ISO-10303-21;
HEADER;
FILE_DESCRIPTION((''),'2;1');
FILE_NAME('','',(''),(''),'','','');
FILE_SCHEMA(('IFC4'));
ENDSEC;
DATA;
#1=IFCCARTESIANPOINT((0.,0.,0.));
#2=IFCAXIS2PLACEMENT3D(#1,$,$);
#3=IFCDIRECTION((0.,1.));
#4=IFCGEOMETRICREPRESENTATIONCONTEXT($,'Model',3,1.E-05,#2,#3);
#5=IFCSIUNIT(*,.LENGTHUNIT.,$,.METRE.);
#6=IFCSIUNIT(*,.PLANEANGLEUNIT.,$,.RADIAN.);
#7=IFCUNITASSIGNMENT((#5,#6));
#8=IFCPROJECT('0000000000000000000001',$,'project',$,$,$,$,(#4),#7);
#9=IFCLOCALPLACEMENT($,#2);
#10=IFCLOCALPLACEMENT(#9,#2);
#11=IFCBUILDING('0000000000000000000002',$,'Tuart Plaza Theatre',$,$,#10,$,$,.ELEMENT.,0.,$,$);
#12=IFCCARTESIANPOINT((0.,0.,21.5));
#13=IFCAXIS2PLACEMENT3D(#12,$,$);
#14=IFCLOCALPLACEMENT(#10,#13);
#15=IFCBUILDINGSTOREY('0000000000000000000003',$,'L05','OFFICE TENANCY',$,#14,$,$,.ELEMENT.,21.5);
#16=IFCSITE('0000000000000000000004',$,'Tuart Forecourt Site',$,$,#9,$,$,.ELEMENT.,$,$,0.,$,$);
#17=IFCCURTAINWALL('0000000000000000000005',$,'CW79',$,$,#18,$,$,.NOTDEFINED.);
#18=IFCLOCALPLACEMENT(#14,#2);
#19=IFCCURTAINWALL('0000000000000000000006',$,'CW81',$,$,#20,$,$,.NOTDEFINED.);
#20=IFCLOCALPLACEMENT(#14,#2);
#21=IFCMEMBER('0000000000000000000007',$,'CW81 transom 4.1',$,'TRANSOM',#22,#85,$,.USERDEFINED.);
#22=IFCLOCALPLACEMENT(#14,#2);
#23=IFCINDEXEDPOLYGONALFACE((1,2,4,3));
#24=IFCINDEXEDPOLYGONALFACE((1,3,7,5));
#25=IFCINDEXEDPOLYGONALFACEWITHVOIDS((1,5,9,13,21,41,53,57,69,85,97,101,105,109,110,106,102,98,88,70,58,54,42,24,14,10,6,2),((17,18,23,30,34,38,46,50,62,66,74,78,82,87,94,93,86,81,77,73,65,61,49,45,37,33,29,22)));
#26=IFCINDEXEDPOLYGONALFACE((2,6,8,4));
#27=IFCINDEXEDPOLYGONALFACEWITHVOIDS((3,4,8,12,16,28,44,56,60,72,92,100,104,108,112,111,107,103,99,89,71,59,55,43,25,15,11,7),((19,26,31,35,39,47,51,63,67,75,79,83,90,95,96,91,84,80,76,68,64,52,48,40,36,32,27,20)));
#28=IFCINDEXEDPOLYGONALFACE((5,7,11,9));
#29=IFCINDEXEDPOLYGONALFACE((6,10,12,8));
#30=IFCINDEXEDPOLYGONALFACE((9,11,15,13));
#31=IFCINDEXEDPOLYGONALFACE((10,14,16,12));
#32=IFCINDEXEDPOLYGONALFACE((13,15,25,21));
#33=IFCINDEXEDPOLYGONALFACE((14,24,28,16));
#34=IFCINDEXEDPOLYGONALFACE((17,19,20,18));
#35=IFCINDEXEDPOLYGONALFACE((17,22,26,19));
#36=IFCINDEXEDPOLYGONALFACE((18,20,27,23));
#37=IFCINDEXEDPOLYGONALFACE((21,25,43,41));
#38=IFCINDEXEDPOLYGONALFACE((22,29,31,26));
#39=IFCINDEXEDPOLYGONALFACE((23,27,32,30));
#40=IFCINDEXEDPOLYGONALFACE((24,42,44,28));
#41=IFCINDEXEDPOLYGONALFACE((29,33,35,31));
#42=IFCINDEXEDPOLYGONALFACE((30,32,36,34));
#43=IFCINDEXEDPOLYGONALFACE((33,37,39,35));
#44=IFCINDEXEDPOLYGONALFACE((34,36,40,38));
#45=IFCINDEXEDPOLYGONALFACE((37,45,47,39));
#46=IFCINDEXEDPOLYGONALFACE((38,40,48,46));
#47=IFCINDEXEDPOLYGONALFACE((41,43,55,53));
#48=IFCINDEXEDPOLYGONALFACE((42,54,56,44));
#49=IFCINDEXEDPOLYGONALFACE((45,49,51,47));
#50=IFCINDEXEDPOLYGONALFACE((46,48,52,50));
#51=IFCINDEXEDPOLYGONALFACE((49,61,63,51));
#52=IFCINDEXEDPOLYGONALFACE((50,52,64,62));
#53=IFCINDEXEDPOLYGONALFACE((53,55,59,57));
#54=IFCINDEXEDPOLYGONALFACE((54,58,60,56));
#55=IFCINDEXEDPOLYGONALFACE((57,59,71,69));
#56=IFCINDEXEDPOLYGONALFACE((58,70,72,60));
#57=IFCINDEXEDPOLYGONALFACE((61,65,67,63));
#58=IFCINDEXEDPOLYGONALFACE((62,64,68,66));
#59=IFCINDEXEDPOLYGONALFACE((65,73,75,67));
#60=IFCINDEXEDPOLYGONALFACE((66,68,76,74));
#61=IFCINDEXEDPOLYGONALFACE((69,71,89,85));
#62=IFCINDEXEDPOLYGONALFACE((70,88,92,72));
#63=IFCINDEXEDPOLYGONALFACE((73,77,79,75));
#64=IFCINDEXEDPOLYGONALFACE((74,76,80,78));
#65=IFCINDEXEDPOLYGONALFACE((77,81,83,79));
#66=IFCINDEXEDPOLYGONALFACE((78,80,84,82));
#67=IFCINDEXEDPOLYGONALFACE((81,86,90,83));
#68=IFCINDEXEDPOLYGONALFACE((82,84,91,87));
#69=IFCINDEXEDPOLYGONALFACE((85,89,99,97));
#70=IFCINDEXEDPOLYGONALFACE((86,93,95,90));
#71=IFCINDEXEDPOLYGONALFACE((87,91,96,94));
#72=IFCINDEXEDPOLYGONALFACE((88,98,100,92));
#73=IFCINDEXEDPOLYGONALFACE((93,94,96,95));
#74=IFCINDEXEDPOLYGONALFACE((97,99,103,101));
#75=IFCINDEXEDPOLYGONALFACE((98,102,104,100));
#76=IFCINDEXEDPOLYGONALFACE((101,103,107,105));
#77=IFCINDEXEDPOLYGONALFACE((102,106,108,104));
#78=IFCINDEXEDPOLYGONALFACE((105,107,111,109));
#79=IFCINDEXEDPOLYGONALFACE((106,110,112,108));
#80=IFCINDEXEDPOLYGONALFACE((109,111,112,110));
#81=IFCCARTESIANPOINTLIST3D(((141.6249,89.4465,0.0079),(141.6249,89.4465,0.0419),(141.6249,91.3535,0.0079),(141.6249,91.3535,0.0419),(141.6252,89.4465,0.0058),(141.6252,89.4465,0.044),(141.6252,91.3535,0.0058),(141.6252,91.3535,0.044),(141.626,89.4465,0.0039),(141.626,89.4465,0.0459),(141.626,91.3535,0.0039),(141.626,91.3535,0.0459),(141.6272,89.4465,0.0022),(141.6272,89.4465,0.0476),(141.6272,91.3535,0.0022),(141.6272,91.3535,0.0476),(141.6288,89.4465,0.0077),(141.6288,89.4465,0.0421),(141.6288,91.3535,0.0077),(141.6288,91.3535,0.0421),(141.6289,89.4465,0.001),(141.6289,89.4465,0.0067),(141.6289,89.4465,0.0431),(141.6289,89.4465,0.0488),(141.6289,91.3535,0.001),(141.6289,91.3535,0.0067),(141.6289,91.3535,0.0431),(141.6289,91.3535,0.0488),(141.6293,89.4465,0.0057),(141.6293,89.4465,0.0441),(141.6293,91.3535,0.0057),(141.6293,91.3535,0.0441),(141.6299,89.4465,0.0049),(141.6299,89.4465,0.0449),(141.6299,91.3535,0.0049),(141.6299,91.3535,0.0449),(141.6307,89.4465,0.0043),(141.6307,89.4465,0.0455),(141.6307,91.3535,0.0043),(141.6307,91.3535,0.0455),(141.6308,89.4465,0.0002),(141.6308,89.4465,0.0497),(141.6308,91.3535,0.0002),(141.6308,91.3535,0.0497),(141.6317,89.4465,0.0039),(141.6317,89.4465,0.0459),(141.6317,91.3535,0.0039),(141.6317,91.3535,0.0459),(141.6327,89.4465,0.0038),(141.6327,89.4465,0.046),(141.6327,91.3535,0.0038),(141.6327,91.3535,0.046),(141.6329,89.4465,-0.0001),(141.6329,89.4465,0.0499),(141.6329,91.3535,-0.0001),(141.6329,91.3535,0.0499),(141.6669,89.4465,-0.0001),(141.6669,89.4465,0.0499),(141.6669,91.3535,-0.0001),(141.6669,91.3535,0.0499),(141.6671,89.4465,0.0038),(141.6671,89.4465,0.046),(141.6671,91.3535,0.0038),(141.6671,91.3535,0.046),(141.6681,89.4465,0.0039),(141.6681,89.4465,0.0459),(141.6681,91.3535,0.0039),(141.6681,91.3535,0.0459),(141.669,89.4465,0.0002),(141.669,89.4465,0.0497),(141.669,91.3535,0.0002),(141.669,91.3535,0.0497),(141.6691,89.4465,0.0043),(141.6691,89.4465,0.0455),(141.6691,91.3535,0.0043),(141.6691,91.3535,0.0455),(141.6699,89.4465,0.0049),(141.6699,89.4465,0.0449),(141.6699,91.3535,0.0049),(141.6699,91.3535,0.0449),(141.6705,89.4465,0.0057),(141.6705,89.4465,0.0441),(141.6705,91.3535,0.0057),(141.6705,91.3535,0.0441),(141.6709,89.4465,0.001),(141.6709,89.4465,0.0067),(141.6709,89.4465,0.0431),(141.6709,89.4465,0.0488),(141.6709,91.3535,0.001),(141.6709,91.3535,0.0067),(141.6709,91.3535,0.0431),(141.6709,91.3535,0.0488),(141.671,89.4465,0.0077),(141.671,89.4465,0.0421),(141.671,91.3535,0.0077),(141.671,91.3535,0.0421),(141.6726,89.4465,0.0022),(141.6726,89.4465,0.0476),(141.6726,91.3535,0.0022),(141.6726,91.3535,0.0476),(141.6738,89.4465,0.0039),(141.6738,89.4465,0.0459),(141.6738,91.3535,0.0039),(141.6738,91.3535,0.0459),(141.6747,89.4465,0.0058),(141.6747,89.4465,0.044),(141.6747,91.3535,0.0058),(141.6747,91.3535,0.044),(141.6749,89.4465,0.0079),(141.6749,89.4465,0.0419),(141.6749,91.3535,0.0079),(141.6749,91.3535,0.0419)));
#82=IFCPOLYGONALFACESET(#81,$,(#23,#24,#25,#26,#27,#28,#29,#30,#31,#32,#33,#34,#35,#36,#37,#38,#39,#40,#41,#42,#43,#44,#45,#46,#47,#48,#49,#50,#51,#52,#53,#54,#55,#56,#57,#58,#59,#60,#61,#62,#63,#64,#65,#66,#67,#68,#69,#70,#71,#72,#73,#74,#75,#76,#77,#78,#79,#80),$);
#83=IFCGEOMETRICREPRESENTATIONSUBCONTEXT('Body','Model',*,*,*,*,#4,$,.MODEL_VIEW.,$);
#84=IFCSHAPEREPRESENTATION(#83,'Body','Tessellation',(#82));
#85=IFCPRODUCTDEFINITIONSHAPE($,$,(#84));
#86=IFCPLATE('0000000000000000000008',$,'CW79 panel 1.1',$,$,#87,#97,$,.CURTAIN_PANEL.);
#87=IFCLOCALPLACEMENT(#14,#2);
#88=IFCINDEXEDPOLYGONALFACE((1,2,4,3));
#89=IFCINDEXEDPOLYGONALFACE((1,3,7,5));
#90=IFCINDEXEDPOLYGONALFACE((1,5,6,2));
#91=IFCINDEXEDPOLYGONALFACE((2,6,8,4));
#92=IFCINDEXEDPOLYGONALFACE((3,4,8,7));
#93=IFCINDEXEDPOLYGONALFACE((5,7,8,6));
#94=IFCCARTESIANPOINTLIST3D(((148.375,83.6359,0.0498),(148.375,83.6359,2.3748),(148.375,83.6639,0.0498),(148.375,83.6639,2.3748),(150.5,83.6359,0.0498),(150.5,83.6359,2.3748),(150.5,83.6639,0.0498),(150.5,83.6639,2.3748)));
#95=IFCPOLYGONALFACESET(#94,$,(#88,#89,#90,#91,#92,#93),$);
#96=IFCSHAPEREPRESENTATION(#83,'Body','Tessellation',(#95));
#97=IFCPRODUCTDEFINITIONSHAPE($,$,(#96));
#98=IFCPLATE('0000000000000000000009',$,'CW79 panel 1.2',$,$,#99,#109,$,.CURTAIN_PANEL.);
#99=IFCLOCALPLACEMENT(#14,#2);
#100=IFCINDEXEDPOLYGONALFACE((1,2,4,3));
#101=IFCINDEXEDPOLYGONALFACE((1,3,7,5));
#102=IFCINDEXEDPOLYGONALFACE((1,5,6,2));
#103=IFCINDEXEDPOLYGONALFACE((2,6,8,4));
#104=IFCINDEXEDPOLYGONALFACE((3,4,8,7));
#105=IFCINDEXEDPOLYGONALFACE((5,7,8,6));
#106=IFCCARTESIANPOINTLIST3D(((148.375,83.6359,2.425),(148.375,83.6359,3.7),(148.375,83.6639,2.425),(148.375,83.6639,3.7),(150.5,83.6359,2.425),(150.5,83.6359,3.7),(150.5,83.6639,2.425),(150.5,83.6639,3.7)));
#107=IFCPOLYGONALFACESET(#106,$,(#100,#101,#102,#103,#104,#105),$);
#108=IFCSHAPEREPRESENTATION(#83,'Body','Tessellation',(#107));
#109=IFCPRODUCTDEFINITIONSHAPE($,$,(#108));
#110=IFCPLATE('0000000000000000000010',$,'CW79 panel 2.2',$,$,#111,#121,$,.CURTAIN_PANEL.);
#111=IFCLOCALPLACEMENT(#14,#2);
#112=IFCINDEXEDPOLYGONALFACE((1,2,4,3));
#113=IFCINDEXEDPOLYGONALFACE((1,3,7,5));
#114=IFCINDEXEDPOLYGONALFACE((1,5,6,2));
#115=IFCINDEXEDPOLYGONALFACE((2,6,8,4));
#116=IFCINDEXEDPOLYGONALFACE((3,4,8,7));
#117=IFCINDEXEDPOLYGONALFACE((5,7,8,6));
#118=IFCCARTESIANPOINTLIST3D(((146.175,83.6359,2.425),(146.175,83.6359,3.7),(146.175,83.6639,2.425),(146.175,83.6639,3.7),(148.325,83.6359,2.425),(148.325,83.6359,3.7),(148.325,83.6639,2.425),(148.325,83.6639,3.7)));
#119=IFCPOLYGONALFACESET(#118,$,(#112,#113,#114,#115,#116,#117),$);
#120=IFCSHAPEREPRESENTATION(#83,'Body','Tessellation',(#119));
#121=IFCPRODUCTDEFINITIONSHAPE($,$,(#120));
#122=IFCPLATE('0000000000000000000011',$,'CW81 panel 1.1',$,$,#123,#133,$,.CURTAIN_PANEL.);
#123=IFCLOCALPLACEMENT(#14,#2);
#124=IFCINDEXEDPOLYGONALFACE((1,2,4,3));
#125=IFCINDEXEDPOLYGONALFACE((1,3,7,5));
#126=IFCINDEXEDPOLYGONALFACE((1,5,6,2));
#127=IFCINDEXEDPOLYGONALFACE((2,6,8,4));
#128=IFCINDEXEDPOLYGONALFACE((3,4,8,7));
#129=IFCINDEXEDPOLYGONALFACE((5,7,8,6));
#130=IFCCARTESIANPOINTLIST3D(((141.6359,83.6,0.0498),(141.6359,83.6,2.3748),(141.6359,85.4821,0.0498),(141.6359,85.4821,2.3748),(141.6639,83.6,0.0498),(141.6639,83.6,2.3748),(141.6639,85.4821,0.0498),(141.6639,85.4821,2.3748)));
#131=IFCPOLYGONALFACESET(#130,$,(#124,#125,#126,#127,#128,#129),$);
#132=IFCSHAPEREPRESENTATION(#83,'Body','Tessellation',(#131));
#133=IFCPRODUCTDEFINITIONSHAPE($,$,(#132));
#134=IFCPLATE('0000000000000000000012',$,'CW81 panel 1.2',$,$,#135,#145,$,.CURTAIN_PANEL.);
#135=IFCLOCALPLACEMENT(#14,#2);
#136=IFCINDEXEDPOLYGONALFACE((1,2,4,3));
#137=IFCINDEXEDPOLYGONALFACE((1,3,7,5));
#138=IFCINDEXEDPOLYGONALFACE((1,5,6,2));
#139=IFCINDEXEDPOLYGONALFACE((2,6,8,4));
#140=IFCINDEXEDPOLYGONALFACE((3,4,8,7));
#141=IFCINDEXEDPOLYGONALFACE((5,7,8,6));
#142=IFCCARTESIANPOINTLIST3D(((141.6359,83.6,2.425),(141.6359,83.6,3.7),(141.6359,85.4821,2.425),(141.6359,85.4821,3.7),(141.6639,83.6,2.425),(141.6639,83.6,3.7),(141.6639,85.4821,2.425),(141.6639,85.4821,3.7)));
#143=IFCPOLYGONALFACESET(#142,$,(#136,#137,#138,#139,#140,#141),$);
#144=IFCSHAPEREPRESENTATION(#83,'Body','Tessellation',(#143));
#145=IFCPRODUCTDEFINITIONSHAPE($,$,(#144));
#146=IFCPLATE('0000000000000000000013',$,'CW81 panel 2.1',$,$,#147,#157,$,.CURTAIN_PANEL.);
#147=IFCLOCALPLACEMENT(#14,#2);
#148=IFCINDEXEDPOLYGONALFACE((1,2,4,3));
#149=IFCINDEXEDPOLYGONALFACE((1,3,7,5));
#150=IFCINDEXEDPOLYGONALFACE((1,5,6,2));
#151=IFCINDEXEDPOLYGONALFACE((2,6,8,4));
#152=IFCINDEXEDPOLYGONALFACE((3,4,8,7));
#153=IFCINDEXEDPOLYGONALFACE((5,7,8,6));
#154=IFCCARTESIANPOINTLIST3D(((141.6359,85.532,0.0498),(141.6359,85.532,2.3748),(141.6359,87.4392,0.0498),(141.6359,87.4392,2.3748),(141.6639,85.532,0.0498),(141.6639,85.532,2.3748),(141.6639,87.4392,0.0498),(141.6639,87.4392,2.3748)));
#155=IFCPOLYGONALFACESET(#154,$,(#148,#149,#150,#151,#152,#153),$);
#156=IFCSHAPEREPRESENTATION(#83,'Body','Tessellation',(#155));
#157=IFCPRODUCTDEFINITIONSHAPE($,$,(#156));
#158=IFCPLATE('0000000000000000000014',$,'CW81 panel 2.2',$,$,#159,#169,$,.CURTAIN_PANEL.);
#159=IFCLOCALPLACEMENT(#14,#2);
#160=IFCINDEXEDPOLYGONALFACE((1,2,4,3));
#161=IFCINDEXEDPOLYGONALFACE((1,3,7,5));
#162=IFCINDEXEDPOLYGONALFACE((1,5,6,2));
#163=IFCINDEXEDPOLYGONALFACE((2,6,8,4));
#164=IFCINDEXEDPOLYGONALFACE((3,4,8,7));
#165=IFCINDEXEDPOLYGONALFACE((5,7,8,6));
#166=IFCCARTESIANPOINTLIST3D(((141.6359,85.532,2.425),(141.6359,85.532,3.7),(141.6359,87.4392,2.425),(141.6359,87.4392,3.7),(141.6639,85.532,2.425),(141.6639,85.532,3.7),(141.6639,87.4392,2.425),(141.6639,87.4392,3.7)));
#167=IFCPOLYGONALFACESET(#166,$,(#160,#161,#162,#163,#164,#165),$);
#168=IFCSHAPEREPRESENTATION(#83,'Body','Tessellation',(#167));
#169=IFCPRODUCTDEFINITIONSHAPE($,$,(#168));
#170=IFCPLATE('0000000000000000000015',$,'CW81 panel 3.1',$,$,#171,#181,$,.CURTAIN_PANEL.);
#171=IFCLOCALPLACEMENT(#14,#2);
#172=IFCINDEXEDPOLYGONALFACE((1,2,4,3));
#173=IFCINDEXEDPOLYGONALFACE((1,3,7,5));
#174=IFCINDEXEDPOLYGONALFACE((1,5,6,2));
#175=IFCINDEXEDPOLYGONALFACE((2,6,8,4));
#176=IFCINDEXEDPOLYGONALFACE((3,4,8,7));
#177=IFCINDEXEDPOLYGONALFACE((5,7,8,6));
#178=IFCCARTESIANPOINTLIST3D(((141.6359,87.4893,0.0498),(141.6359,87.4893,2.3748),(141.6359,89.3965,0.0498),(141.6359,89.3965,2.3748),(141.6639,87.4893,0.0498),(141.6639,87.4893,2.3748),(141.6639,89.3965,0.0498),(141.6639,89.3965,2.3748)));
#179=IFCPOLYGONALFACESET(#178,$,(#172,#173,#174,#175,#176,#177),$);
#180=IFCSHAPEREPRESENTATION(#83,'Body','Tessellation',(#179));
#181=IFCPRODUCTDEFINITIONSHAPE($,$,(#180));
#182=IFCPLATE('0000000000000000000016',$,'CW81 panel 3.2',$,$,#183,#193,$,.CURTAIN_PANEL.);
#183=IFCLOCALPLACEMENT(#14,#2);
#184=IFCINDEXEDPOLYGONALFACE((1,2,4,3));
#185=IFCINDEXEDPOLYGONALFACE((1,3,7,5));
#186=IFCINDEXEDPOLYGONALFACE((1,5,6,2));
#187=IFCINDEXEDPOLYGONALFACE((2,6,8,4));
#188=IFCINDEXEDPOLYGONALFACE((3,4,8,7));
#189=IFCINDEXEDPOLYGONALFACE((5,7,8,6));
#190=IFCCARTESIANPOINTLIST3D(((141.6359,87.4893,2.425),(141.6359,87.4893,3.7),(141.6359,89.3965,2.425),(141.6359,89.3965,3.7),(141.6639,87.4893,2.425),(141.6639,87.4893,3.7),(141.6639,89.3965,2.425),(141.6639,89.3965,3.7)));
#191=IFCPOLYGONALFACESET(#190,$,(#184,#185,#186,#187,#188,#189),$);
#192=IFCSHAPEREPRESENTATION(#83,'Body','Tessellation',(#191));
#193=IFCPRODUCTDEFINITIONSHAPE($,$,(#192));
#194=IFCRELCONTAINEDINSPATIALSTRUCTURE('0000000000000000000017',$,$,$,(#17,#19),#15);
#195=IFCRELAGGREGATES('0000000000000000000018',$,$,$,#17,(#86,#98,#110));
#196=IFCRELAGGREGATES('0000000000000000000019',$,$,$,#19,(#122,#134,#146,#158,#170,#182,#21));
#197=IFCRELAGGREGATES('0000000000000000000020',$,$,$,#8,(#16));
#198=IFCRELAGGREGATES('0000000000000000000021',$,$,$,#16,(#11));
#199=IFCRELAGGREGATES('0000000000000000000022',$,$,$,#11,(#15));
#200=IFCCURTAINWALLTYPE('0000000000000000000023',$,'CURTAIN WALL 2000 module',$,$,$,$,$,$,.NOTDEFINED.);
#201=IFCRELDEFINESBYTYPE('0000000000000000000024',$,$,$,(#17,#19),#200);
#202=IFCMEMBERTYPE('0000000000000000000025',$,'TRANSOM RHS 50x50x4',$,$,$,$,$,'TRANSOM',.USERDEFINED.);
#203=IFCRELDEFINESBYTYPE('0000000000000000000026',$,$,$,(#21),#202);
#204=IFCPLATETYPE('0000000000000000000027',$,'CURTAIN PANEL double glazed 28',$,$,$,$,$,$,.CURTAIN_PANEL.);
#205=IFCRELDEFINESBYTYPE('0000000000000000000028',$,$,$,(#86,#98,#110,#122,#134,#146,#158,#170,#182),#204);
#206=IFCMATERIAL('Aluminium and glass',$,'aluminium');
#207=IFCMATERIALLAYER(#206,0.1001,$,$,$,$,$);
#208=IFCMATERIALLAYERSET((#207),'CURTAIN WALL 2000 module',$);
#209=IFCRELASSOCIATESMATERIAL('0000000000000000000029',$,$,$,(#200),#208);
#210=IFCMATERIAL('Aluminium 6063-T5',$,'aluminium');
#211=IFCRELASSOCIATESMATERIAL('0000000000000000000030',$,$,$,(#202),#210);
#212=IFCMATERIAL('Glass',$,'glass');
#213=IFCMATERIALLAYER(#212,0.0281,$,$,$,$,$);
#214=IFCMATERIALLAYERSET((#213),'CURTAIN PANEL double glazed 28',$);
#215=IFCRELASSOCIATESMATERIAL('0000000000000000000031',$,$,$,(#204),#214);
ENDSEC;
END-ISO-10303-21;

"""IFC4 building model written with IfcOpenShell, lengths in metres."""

from ifc_helpers import new_model, si_unit, direction, frame, origin, origin_2d, place, context, subcontext, project, spatial, rectangle, hollow_rectangle, extrude, material, layer, layer_set, material_profile, profile_set, type_object, element, aggregate, save


model = new_model("IFC4")

# Units and contexts
model_context = context("Model", 3, precision=1e-05, world=origin(), true_north=direction((0.0, 1.0)))
body_context = subcontext(model_context, "Body", "Model", "MODEL_VIEW")
ifc_project = project(units=[si_unit("LENGTHUNIT", "METRE"), si_unit("PLANEANGLEUNIT", "RADIAN")], contexts=[model_context])

# Site, building, storey
site_placement = place(None, origin())
site = spatial("IfcSite", under=ifc_project, at=site_placement, Name="Tuart Forecourt Site", CompositionType="ELEMENT", RefElevation=0.0)
building_placement = place(site_placement, origin())
building = spatial("IfcBuilding", under=site, at=building_placement, Name="Tuart Plaza Theatre", CompositionType="ELEMENT", ElevationOfRefHeight=0.0)
storey_placement = place(building_placement, frame((0.0, 0.0, 21.5)))
storey = spatial("IfcBuildingStorey", under=building, at=storey_placement, Name="L05", Description="OFFICE TENANCY", CompositionType="ELEMENT", Elevation=21.5)

# Shared definitions
ifc_material_1 = material(Name="Aluminium and glass", Category="aluminium")
ifc_layer_1 = layer(ifc_material_1, 0.1001)
ifc_layer_set_1 = layer_set([ifc_layer_1], Name="CURTAIN WALL 2000 module")
curtain_wall_type = type_object("IfcCurtainWallType", Name="CURTAIN WALL 2000 module", PredefinedType="NOTDEFINED", material=ifc_layer_set_1)

# Curtain walls
curtain_wall_1_placement = place(storey_placement, origin())
curtain_wall_1 = element("IfcCurtainWall", 1, at=curtain_wall_1_placement, inside=storey, type_object=curtain_wall_type, Name="CW79", PredefinedType="NOTDEFINED")
curtain_wall_2_placement = place(storey_placement, origin())
curtain_wall_2 = element("IfcCurtainWall", 2, at=curtain_wall_2_placement, inside=storey, type_object=curtain_wall_type, Name="CW81", PredefinedType="NOTDEFINED")

# Member
ifc_material_2 = material(Name="Aluminium 6063-T5", Category="aluminium")
ifc_material_profile_1 = material_profile(ifc_material_2, hollow_rectangle(XDim=0.05, YDim=0.05, WallThickness=0.0039, InnerFilletRadius=0.0039, OuterFilletRadius=0.0081, at=origin_2d()), Name="RHS 50x50x4")
ifc_profile_set_1 = profile_set([ifc_material_profile_1], Name="Aluminium 6063-T5")
member_type_1 = type_object("IfcMemberType", Name="TRANSOM RHS 50x50x4", ElementType="TRANSOM", PredefinedType="USERDEFINED", material=ifc_profile_set_1)
member_1_placement = place(storey_placement, frame((141.6499, 89.4465, 0.0249), z_axis=(0.0, 1.0, 0.0), x_axis=(-1.0, 0.0, 0.0)))
member_1 = element("IfcMember", 3, at=member_1_placement, type_object=member_type_1, Name="CW81 transom 4.1", ObjectType="TRANSOM", PredefinedType="USERDEFINED", context=body_context, shape_type="SweptSolid", body=[
    extrude(hollow_rectangle(XDim=0.05, YDim=0.05, WallThickness=0.0039, InnerFilletRadius=0.0039, OuterFilletRadius=0.0081, at=origin_2d()), origin(), (0.0, 0.0, 1.0), 1.907),
])

# Plates
ifc_material_3 = material(Name="Glass", Category="glass")
ifc_layer_2 = layer(ifc_material_3, 0.0281)
ifc_layer_set_2 = layer_set([ifc_layer_2], Name="CURTAIN PANEL double glazed 28")
plate_type = type_object("IfcPlateType", Name="CURTAIN PANEL double glazed 28", PredefinedType="CURTAIN_PANEL", material=ifc_layer_set_2)
plate_1_placement = place(storey_placement, frame((149.4375, 83.6499, 0.0498), z_axis=(0.0, 0.0, 1.0), x_axis=(-1.0, 0.0, 0.0)))
plate_1 = element("IfcPlate", 4, at=plate_1_placement, type_object=plate_type, Name="CW79 panel 1.1", PredefinedType="CURTAIN_PANEL", context=body_context, shape_type="SweptSolid", body=[
    extrude(rectangle(XDim=2.125, YDim=0.0281, at=origin_2d()), origin(), (0.0, 0.0, 1.0), 2.325),
])
plate_2_placement = place(storey_placement, frame((149.4375, 83.6499, 2.425), z_axis=(0.0, 0.0, 1.0), x_axis=(-1.0, 0.0, 0.0)))
plate_2 = element("IfcPlate", 5, at=plate_2_placement, type_object=plate_type, Name="CW79 panel 1.2", PredefinedType="CURTAIN_PANEL", context=body_context, shape_type="SweptSolid", body=[
    extrude(rectangle(XDim=2.125, YDim=0.0281, at=origin_2d()), origin(), (0.0, 0.0, 1.0), 1.2749),
])
plate_3_placement = place(storey_placement, frame((147.25, 83.6499, 2.425), z_axis=(0.0, 0.0, 1.0), x_axis=(-1.0, 0.0, 0.0)))
plate_3 = element("IfcPlate", 6, at=plate_3_placement, type_object=plate_type, Name="CW79 panel 2.2", PredefinedType="CURTAIN_PANEL", context=body_context, shape_type="SweptSolid", body=[
    extrude(rectangle(XDim=2.1499, YDim=0.0281, at=origin_2d()), origin(), (0.0, 0.0, 1.0), 1.2749),
])
aggregate(curtain_wall_1, [plate_1, plate_2, plate_3])
plate_4_placement = place(storey_placement, frame((141.6499, 84.541, 0.0498), z_axis=(0.0, 0.0, 1.0), x_axis=(0.0, 1.0, 0.0)))
plate_4 = element("IfcPlate", 7, at=plate_4_placement, type_object=plate_type, Name="CW81 panel 1.1", PredefinedType="CURTAIN_PANEL", context=body_context, shape_type="SweptSolid", body=[
    extrude(rectangle(XDim=1.8821, YDim=0.0281, at=origin_2d()), origin(), (0.0, 0.0, 1.0), 2.325),
])
plate_5_placement = place(storey_placement, frame((141.6499, 84.541, 2.425), z_axis=(0.0, 0.0, 1.0), x_axis=(0.0, 1.0, 0.0)))
plate_5 = element("IfcPlate", 8, at=plate_5_placement, type_object=plate_type, Name="CW81 panel 1.2", PredefinedType="CURTAIN_PANEL", context=body_context, shape_type="SweptSolid", body=[
    extrude(rectangle(XDim=1.8821, YDim=0.0281, at=origin_2d()), origin(), (0.0, 0.0, 1.0), 1.2749),
])
plate_6_placement = place(storey_placement, frame((141.6499, 86.4856, 0.0498), z_axis=(0.0, 0.0, 1.0), x_axis=(0.0, 1.0, 0.0)))
plate_6 = element("IfcPlate", 9, at=plate_6_placement, type_object=plate_type, Name="CW81 panel 2.1", PredefinedType="CURTAIN_PANEL", context=body_context, shape_type="SweptSolid", body=[
    extrude(rectangle(XDim=1.9072, YDim=0.0281, at=origin_2d()), origin(), (0.0, 0.0, 1.0), 2.325),
])
plate_7_placement = place(storey_placement, frame((141.6499, 86.4856, 2.425), z_axis=(0.0, 0.0, 1.0), x_axis=(0.0, 1.0, 0.0)))
plate_7 = element("IfcPlate", 10, at=plate_7_placement, type_object=plate_type, Name="CW81 panel 2.2", PredefinedType="CURTAIN_PANEL", context=body_context, shape_type="SweptSolid", body=[
    extrude(rectangle(XDim=1.9072, YDim=0.0281, at=origin_2d()), origin(), (0.0, 0.0, 1.0), 1.2749),
])
plate_8_placement = place(storey_placement, frame((141.6499, 88.4429, 0.0498), z_axis=(0.0, 0.0, 1.0), x_axis=(0.0, 1.0, 0.0)))
plate_8 = element("IfcPlate", 11, at=plate_8_placement, type_object=plate_type, Name="CW81 panel 3.1", PredefinedType="CURTAIN_PANEL", context=body_context, shape_type="SweptSolid", body=[
    extrude(rectangle(XDim=1.9072, YDim=0.0281, at=origin_2d()), origin(), (0.0, 0.0, 1.0), 2.325),
])
plate_9_placement = place(storey_placement, frame((141.6499, 88.4429, 2.425), z_axis=(0.0, 0.0, 1.0), x_axis=(0.0, 1.0, 0.0)))
plate_9 = element("IfcPlate", 12, at=plate_9_placement, type_object=plate_type, Name="CW81 panel 3.2", PredefinedType="CURTAIN_PANEL", context=body_context, shape_type="SweptSolid", body=[
    extrude(rectangle(XDim=1.9072, YDim=0.0281, at=origin_2d()), origin(), (0.0, 0.0, 1.0), 1.2749),
])
aggregate(curtain_wall_2, [plate_4, plate_5, plate_6, plate_7, plate_8, plate_9, member_1])

save(model, "model.ifc")
